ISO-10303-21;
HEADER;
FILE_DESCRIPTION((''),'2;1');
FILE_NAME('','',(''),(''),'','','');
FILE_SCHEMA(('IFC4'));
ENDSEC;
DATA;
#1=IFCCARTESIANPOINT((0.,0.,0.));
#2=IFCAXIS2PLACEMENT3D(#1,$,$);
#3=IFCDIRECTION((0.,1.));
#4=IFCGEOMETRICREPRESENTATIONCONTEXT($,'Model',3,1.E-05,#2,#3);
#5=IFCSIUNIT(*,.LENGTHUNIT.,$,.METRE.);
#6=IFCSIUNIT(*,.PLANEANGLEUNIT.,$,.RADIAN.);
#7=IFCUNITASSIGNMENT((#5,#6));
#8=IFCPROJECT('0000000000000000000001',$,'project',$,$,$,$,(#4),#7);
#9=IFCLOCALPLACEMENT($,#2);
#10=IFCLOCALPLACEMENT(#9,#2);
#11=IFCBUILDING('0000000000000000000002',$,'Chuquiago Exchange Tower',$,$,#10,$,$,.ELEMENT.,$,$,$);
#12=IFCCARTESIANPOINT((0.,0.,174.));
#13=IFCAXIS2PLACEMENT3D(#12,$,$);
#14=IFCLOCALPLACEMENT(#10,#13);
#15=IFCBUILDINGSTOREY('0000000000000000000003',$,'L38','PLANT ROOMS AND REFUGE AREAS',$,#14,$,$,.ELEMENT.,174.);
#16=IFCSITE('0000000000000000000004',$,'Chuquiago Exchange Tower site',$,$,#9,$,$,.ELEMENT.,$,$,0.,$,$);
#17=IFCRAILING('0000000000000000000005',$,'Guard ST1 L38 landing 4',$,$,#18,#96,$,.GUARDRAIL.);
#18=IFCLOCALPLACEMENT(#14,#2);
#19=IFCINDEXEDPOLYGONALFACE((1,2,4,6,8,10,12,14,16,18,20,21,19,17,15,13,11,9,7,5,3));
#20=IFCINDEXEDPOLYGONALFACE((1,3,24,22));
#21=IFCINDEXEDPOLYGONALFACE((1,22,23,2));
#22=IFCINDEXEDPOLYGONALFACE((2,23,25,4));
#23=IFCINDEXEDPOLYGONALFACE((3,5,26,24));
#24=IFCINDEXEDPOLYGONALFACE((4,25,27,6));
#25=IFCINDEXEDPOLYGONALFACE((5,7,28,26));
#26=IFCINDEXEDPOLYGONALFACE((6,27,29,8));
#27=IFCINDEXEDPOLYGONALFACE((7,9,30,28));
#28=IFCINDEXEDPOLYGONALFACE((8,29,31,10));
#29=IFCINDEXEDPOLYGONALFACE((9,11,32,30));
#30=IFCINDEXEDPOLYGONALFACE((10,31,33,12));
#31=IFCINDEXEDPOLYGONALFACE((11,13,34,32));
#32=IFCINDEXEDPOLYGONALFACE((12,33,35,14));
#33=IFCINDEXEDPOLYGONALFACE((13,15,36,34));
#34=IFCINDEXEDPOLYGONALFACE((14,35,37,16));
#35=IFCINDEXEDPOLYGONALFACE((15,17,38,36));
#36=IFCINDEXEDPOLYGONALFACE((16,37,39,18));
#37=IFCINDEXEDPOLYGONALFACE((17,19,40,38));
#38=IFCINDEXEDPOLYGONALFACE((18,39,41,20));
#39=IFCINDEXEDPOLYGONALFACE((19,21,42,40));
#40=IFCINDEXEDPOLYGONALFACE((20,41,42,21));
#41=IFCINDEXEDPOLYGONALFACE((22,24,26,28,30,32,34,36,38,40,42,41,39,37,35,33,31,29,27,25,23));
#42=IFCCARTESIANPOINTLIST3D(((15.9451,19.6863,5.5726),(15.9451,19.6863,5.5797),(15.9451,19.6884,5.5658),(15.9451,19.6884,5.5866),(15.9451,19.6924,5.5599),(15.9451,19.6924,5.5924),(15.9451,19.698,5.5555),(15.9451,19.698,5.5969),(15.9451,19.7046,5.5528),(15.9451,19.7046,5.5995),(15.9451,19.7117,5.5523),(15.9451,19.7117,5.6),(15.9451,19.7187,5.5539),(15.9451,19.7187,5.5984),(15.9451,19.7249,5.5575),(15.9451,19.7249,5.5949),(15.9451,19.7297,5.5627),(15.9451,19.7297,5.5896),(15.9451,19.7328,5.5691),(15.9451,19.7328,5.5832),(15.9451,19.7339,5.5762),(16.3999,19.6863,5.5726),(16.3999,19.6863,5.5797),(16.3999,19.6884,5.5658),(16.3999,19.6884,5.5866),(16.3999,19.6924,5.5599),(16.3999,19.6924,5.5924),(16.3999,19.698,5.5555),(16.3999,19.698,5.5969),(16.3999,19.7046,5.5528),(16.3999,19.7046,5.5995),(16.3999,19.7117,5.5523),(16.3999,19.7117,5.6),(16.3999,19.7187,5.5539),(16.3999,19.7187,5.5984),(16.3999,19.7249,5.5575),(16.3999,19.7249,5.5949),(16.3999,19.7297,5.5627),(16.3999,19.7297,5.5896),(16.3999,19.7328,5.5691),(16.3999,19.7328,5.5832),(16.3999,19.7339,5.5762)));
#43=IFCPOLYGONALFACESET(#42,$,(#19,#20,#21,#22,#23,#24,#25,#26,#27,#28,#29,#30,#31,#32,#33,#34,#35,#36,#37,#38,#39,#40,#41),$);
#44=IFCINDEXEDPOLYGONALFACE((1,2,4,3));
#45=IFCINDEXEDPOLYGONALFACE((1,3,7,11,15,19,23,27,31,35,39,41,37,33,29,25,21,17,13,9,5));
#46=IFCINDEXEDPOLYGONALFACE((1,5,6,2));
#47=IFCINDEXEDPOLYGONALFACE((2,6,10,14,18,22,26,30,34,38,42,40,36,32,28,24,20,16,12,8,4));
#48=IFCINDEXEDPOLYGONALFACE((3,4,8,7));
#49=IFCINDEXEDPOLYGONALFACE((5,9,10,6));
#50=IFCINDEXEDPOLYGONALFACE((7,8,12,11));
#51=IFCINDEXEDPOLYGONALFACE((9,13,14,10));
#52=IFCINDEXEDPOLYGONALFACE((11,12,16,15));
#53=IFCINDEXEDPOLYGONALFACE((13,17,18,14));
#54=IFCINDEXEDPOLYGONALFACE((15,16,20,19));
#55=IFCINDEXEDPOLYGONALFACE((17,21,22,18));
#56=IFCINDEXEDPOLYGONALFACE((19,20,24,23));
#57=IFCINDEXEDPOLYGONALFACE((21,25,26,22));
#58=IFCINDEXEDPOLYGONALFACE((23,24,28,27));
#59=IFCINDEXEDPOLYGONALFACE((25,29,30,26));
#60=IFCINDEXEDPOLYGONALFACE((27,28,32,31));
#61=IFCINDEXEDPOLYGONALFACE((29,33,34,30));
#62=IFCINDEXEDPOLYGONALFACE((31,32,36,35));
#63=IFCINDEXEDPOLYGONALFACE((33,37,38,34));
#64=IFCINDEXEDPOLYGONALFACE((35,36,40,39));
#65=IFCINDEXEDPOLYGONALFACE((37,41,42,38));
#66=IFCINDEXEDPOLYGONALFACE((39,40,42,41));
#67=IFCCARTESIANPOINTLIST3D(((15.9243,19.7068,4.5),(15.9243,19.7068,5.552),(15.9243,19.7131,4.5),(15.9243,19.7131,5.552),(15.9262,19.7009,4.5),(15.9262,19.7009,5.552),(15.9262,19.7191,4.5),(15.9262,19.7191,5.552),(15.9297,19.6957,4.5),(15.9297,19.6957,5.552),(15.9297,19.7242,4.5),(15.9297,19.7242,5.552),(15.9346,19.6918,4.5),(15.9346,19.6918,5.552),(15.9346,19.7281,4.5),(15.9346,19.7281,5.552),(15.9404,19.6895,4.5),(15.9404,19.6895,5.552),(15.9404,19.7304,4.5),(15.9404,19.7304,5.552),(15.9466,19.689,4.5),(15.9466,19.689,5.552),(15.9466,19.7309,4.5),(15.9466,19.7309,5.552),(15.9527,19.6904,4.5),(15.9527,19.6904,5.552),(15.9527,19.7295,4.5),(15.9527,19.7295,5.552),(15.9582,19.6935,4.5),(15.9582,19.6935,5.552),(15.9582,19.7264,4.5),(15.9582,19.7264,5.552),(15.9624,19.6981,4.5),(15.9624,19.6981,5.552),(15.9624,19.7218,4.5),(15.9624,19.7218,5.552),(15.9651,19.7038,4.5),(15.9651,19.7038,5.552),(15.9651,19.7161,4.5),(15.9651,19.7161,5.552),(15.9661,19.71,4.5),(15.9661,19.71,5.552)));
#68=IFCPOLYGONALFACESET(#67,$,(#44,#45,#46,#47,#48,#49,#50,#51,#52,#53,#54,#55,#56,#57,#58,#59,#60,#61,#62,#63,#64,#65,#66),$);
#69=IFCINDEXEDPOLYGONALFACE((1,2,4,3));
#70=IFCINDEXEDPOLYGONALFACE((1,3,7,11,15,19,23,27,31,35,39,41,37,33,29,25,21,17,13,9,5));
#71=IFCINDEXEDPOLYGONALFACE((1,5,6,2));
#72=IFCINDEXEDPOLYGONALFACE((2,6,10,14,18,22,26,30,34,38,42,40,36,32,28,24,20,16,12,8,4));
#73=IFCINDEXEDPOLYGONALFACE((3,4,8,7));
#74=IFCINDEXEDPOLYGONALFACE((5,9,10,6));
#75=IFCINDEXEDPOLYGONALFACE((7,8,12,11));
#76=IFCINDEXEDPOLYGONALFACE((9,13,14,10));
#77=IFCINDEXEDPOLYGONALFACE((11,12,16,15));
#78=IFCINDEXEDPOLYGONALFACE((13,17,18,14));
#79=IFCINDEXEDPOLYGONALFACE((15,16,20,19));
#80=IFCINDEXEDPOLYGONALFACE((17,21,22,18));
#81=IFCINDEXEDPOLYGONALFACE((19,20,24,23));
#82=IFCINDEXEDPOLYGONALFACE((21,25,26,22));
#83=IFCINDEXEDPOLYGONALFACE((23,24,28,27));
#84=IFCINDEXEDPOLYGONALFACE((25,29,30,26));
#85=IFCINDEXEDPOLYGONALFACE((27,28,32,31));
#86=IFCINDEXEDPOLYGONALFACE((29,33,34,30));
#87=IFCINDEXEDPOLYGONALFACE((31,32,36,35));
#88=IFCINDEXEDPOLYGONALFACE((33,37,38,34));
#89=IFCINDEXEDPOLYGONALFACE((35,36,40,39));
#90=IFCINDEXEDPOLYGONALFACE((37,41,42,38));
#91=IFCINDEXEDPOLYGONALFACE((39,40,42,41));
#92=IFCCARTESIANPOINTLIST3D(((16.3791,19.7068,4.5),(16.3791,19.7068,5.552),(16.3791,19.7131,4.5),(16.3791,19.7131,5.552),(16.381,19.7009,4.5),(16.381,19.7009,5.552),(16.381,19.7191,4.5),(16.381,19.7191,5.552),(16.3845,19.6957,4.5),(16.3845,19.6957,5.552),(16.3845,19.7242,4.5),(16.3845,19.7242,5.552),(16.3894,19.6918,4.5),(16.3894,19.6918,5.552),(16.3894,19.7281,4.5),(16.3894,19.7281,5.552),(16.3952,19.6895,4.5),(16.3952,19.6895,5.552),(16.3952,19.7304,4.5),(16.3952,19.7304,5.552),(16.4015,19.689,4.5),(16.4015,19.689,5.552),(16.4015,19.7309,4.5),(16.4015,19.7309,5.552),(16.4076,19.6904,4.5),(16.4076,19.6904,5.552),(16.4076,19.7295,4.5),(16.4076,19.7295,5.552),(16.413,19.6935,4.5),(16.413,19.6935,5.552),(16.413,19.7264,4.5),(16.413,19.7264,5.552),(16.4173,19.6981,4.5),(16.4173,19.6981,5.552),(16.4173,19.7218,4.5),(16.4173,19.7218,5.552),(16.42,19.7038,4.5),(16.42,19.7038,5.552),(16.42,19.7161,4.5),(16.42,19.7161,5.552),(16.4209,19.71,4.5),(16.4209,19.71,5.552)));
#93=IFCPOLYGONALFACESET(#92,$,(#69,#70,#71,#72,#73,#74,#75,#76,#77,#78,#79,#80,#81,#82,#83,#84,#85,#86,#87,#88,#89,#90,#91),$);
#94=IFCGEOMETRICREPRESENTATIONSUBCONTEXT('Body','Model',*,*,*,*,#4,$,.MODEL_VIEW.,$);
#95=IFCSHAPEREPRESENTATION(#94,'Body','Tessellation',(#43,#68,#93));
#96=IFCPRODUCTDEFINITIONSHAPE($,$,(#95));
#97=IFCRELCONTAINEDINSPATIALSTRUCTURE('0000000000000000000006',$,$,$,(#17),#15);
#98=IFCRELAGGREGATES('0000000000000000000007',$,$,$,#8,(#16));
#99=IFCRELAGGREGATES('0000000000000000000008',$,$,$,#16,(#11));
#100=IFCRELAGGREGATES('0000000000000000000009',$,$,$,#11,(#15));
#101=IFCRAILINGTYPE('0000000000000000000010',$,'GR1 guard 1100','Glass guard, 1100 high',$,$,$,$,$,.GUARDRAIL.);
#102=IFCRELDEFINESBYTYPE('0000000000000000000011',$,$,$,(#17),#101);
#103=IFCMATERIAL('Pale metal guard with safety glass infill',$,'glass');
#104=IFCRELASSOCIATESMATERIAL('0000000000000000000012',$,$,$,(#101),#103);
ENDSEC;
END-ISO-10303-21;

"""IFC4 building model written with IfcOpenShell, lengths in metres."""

from ifc_helpers import new_model, si_unit, direction, frame, origin, origin_2d, place, context, subcontext, project, spatial, circle, extrude, material, type_object, element, save


model = new_model("IFC4")

# Units and contexts
model_context = context("Model", 3, precision=1e-05, world=origin(), true_north=direction((0.0, 1.0)))
body_context = subcontext(model_context, "Body", "Model", "MODEL_VIEW")
ifc_project = project(units=[si_unit("LENGTHUNIT", "METRE"), si_unit("PLANEANGLEUNIT", "RADIAN")], contexts=[model_context])

# Site, building, storey
site_placement = place(None, origin())
site = spatial("IfcSite", under=ifc_project, at=site_placement, Name="Chuquiago Exchange Tower site", CompositionType="ELEMENT", RefElevation=0.0)
building_placement = place(site_placement, origin())
building = spatial("IfcBuilding", under=site, at=building_placement, Name="Chuquiago Exchange Tower", CompositionType="ELEMENT")
storey_placement = place(building_placement, frame((0.0, 0.0, 174.0)))
storey = spatial("IfcBuildingStorey", under=building, at=storey_placement, Name="L38", Description="PLANT ROOMS AND REFUGE AREAS", CompositionType="ELEMENT", Elevation=174.0)

# Railing
ifc_material_1 = material(Name="Pale metal guard with safety glass infill", Category="glass")
railing_type_1 = type_object("IfcRailingType", Name="GR1 guard 1100", Description="Glass guard, 1100 high", PredefinedType="GUARDRAIL", material=ifc_material_1)
for number, where, name in (
    (1, (15.9451, 19.71, 4.5), "Guard ST1 L38 landing 4"),
):
    element("IfcRailing", number, at=place(storey_placement, frame(where)), inside=storey, type_object=railing_type_1, Name=name, PredefinedType="GUARDRAIL", context=body_context, shape_type="SweptSolid", body=[
        extrude(circle(Radius=0.0239, at=origin_2d()), frame((0.0, 0.0, 1.0762), z_axis=(1.0, 0.0, 0.0), x_axis=(0.0, 1.0, 0.0)), (0.0, 0.0, 1.0), 0.4548),
        extrude(circle(Radius=0.021, at=origin_2d()), origin(), (0.0, 0.0, 1.0), 1.052),
        extrude(circle(Radius=0.021, at=origin_2d()), frame((0.4548, 0.0, 0.0)), (0.0, 0.0, 1.0), 1.052),
    ])

save(model, "model.ifc")
